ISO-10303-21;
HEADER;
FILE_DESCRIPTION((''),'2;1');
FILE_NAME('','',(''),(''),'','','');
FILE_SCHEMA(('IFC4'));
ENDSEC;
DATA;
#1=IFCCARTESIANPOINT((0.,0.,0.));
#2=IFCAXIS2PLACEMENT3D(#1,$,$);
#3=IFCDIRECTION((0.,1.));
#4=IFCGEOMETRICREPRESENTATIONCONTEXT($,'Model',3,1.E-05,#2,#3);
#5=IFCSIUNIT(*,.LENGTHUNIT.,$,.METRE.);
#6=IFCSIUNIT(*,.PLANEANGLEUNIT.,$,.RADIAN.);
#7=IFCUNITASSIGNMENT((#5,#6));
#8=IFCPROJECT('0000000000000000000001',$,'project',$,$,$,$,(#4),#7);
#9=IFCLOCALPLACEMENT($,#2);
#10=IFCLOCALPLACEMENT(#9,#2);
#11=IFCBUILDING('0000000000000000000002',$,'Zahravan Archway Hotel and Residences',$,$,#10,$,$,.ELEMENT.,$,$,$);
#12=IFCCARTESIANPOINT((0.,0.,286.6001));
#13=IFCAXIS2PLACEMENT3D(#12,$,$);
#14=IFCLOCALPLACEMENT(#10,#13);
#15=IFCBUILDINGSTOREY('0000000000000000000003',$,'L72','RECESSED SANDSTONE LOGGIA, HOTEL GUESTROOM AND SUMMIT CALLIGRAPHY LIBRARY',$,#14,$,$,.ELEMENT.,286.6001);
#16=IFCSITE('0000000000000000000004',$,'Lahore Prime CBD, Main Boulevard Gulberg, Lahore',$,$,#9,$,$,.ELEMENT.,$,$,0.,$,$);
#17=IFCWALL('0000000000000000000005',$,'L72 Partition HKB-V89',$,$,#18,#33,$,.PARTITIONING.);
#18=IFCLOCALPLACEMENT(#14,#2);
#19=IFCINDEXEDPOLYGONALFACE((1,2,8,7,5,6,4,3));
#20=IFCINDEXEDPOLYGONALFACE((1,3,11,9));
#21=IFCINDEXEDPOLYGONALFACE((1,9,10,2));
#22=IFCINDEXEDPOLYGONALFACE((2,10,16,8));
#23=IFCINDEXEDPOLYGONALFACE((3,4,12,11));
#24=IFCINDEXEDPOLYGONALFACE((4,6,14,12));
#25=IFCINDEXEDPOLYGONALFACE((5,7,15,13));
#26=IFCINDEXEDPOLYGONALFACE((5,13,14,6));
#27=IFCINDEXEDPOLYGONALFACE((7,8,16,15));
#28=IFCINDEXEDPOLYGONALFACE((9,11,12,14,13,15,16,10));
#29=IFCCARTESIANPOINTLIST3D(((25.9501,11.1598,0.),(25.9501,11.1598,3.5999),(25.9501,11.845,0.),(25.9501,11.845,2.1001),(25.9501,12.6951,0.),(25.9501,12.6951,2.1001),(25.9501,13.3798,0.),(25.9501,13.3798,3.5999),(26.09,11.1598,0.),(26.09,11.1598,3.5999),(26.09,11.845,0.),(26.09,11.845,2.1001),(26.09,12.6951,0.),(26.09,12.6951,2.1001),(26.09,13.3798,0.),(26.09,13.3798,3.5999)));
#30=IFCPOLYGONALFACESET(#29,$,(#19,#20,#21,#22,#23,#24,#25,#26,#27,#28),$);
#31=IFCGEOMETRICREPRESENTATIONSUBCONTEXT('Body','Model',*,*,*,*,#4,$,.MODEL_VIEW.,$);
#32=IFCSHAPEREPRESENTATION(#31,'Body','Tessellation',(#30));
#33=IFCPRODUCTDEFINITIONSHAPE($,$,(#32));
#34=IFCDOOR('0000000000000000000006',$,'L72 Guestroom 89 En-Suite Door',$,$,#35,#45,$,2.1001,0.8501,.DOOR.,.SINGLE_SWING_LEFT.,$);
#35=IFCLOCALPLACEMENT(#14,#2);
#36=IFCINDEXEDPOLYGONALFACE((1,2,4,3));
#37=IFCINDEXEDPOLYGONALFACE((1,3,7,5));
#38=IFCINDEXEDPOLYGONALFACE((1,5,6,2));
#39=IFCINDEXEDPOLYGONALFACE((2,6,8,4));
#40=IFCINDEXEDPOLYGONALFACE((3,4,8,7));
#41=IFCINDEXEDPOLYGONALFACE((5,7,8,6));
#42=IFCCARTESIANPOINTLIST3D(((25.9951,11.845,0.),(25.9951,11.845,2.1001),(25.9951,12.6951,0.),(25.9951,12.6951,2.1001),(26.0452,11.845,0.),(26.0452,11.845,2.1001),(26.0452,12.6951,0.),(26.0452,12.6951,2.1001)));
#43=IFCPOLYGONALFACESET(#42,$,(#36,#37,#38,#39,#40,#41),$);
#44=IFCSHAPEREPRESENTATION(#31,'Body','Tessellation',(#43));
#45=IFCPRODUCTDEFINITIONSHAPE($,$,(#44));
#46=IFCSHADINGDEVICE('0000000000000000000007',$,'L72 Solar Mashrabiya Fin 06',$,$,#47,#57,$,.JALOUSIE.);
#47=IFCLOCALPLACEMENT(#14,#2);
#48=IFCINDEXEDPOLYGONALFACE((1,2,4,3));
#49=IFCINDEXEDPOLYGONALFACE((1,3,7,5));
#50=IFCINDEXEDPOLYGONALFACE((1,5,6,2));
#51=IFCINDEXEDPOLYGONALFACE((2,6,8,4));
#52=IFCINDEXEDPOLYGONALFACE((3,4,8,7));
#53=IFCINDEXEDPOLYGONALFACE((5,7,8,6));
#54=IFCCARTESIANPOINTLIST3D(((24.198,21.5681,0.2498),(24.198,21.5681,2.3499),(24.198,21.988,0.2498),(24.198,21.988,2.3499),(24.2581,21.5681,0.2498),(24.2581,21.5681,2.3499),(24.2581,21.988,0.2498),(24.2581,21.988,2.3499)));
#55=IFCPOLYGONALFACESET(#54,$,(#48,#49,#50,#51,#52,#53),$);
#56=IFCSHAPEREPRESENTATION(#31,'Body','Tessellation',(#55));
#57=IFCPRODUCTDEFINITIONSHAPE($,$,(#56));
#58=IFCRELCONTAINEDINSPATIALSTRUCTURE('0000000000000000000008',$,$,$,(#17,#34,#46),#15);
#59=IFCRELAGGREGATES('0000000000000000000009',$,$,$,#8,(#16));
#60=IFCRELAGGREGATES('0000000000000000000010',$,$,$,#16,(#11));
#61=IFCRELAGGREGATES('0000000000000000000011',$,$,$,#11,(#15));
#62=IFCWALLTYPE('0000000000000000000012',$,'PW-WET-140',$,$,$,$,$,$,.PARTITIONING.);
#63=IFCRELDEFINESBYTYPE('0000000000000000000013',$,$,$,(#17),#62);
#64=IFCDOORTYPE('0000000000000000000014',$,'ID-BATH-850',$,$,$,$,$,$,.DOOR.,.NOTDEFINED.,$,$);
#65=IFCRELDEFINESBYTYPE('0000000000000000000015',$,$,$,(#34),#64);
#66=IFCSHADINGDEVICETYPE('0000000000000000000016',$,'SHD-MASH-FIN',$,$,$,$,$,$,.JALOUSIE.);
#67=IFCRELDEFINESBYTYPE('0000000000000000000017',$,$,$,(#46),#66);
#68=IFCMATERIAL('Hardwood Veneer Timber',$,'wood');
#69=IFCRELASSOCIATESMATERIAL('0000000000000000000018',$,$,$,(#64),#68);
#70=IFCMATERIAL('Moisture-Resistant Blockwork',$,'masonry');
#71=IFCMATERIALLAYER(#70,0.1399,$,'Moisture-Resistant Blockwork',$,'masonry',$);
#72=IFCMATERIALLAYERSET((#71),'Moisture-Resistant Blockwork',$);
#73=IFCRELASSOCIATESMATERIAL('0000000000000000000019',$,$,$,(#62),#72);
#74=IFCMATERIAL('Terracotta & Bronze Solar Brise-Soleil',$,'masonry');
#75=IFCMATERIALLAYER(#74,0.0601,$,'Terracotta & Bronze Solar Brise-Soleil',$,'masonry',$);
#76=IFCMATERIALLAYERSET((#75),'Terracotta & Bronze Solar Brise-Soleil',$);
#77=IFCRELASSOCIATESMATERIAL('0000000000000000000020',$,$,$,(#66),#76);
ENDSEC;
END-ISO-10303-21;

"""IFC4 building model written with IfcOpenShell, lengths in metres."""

from ifc_helpers import new_model, si_unit, direction, frame, frame_2d, origin, origin_2d, place, context, subcontext, project, spatial, rectangle, extrude, source, transform, mapped, material, layer, layer_set, type_object, type_shapes, element, fill, save


model = new_model("IFC4")

# Units and contexts
model_context = context("Model", 3, precision=1e-05, world=origin(), true_north=direction((0.0, 1.0)))
body_context = subcontext(model_context, "Body", "Model", "MODEL_VIEW")
ifc_project = project(units=[si_unit("LENGTHUNIT", "METRE"), si_unit("PLANEANGLEUNIT", "RADIAN")], contexts=[model_context])

# Site, building, storey
site_placement = place(None, origin())
site = spatial("IfcSite", under=ifc_project, at=site_placement, Name="Lahore Prime CBD, Main Boulevard Gulberg, Lahore", CompositionType="ELEMENT", RefElevation=0.0)
building_placement = place(site_placement, origin())
building = spatial("IfcBuilding", under=site, at=building_placement, Name="Zahravan Archway Hotel and Residences", CompositionType="ELEMENT")
storey_placement = place(building_placement, frame((0.0, 0.0, 286.6001)))
storey = spatial("IfcBuildingStorey", under=building, at=storey_placement, Name="L72", Description="RECESSED SANDSTONE LOGGIA, HOTEL GUESTROOM AND SUMMIT CALLIGRAPHY LIBRARY", CompositionType="ELEMENT", Elevation=286.6001)

# Shared definitions
ifc_material_1 = material(Name="Hardwood Veneer Timber", Category="wood")
door_type_1 = type_object("IfcDoorType", Name="ID-BATH-850", OperationType="NOTDEFINED", PredefinedType="DOOR", material=ifc_material_1)
shared_shape_1 = source(origin(), body_context, "Body", "SweptSolid", [
    extrude(rectangle(XDim=0.8501, YDim=2.1001, at=frame_2d((0.425, 1.05))), frame((0.0, 0.0249, 0.0), z_axis=(0.0, -1.0, 0.0), x_axis=(1.0, 0.0, 0.0)), (0.0, 0.0, 1.0), 0.05),
])
type_shapes(door_type_1, [shared_shape_1])

# Shared definitions
ifc_material_2 = material(Name="Moisture-Resistant Blockwork", Category="masonry")
ifc_layer_1 = layer(ifc_material_2, 0.1399, Name="Moisture-Resistant Blockwork", Category="masonry")
ifc_layer_set_1 = layer_set([ifc_layer_1], Name="Moisture-Resistant Blockwork")
wall_type_1 = type_object("IfcWallType", Name="PW-WET-140", PredefinedType="PARTITIONING", material=ifc_layer_set_1)

# Wall, opening, door
wall_1_placement = place(storey_placement, frame((26.02, 11.1599, 0.0), z_axis=(0.0, 0.0, 1.0), x_axis=(0.0, 1.0, 0.0)))
wall_1 = element("IfcWall", 1, at=wall_1_placement, inside=storey, type_object=wall_type_1, Name="L72 Partition HKB-V89", PredefinedType="PARTITIONING", context=body_context, shape_type="SweptSolid", body=[
    extrude(rectangle(XDim=2.22, YDim=0.1399, at=frame_2d((1.1099, 0.0))), origin(), (0.0, 0.0, 1.0), 3.5999),
])
opening_1_placement = place(wall_1_placement, frame((0.6851, 0.0, 0.0)))
opening_1 = element("IfcOpeningElement", 2, at=opening_1_placement, cuts=wall_1, PredefinedType="OPENING", context=body_context, shape_type="SweptSolid", body=[
    extrude(rectangle(XDim=0.8501, YDim=2.1001, at=frame_2d((0.425, 1.05))), frame((0.0, 0.0801, 0.0), z_axis=(0.0, -1.0, 0.0), x_axis=(1.0, 0.0, 0.0)), (0.0, 0.0, 1.0), 0.1599),
])
door_1_placement = place(opening_1_placement, origin())
door_1 = element("IfcDoor", 3, at=door_1_placement, inside=storey, type_object=door_type_1, Name="L72 Guestroom 89 En-Suite Door", OperationType="SINGLE_SWING_LEFT", OverallHeight=2.1001, OverallWidth=0.8501, PredefinedType="DOOR", context=body_context, shape_type="MappedRepresentation", body=[
    mapped(shared_shape_1, transform((0.0, 0.0, 0.0), scale=1.0)),
])
fill(opening_1, door_1)

# Shading device
ifc_material_3 = material(Name="Terracotta & Bronze Solar Brise-Soleil", Category="masonry")
ifc_layer_2 = layer(ifc_material_3, 0.0601, Name="Terracotta & Bronze Solar Brise-Soleil", Category="masonry")
ifc_layer_set_2 = layer_set([ifc_layer_2], Name="Terracotta & Bronze Solar Brise-Soleil")
shading_device_type = type_object("IfcShadingDeviceType", Name="SHD-MASH-FIN", PredefinedType="JALOUSIE", material=ifc_layer_set_2)
shared_shape_2 = source(origin(), body_context, "Body", "SweptSolid", [
    extrude(rectangle(XDim=0.0601, YDim=0.4199, at=origin_2d()), origin(), (0.0, 0.0, 1.0), 2.1001),
])
type_shapes(shading_device_type, [shared_shape_2])
shading_device_placement = place(storey_placement, frame((24.228, 21.7781, 0.2498), z_axis=(0.0, 0.0, 1.0), x_axis=(1.0, 0.0, 0.0)))
element("IfcShadingDevice", 4, at=shading_device_placement, inside=storey, type_object=shading_device_type, Name="L72 Solar Mashrabiya Fin 06", PredefinedType="JALOUSIE", context=body_context, shape_type="MappedRepresentation", body=[
    mapped(shared_shape_2, transform((0.0, 0.0, 0.0), scale=1.0)),
])

save(model, "model.ifc")
